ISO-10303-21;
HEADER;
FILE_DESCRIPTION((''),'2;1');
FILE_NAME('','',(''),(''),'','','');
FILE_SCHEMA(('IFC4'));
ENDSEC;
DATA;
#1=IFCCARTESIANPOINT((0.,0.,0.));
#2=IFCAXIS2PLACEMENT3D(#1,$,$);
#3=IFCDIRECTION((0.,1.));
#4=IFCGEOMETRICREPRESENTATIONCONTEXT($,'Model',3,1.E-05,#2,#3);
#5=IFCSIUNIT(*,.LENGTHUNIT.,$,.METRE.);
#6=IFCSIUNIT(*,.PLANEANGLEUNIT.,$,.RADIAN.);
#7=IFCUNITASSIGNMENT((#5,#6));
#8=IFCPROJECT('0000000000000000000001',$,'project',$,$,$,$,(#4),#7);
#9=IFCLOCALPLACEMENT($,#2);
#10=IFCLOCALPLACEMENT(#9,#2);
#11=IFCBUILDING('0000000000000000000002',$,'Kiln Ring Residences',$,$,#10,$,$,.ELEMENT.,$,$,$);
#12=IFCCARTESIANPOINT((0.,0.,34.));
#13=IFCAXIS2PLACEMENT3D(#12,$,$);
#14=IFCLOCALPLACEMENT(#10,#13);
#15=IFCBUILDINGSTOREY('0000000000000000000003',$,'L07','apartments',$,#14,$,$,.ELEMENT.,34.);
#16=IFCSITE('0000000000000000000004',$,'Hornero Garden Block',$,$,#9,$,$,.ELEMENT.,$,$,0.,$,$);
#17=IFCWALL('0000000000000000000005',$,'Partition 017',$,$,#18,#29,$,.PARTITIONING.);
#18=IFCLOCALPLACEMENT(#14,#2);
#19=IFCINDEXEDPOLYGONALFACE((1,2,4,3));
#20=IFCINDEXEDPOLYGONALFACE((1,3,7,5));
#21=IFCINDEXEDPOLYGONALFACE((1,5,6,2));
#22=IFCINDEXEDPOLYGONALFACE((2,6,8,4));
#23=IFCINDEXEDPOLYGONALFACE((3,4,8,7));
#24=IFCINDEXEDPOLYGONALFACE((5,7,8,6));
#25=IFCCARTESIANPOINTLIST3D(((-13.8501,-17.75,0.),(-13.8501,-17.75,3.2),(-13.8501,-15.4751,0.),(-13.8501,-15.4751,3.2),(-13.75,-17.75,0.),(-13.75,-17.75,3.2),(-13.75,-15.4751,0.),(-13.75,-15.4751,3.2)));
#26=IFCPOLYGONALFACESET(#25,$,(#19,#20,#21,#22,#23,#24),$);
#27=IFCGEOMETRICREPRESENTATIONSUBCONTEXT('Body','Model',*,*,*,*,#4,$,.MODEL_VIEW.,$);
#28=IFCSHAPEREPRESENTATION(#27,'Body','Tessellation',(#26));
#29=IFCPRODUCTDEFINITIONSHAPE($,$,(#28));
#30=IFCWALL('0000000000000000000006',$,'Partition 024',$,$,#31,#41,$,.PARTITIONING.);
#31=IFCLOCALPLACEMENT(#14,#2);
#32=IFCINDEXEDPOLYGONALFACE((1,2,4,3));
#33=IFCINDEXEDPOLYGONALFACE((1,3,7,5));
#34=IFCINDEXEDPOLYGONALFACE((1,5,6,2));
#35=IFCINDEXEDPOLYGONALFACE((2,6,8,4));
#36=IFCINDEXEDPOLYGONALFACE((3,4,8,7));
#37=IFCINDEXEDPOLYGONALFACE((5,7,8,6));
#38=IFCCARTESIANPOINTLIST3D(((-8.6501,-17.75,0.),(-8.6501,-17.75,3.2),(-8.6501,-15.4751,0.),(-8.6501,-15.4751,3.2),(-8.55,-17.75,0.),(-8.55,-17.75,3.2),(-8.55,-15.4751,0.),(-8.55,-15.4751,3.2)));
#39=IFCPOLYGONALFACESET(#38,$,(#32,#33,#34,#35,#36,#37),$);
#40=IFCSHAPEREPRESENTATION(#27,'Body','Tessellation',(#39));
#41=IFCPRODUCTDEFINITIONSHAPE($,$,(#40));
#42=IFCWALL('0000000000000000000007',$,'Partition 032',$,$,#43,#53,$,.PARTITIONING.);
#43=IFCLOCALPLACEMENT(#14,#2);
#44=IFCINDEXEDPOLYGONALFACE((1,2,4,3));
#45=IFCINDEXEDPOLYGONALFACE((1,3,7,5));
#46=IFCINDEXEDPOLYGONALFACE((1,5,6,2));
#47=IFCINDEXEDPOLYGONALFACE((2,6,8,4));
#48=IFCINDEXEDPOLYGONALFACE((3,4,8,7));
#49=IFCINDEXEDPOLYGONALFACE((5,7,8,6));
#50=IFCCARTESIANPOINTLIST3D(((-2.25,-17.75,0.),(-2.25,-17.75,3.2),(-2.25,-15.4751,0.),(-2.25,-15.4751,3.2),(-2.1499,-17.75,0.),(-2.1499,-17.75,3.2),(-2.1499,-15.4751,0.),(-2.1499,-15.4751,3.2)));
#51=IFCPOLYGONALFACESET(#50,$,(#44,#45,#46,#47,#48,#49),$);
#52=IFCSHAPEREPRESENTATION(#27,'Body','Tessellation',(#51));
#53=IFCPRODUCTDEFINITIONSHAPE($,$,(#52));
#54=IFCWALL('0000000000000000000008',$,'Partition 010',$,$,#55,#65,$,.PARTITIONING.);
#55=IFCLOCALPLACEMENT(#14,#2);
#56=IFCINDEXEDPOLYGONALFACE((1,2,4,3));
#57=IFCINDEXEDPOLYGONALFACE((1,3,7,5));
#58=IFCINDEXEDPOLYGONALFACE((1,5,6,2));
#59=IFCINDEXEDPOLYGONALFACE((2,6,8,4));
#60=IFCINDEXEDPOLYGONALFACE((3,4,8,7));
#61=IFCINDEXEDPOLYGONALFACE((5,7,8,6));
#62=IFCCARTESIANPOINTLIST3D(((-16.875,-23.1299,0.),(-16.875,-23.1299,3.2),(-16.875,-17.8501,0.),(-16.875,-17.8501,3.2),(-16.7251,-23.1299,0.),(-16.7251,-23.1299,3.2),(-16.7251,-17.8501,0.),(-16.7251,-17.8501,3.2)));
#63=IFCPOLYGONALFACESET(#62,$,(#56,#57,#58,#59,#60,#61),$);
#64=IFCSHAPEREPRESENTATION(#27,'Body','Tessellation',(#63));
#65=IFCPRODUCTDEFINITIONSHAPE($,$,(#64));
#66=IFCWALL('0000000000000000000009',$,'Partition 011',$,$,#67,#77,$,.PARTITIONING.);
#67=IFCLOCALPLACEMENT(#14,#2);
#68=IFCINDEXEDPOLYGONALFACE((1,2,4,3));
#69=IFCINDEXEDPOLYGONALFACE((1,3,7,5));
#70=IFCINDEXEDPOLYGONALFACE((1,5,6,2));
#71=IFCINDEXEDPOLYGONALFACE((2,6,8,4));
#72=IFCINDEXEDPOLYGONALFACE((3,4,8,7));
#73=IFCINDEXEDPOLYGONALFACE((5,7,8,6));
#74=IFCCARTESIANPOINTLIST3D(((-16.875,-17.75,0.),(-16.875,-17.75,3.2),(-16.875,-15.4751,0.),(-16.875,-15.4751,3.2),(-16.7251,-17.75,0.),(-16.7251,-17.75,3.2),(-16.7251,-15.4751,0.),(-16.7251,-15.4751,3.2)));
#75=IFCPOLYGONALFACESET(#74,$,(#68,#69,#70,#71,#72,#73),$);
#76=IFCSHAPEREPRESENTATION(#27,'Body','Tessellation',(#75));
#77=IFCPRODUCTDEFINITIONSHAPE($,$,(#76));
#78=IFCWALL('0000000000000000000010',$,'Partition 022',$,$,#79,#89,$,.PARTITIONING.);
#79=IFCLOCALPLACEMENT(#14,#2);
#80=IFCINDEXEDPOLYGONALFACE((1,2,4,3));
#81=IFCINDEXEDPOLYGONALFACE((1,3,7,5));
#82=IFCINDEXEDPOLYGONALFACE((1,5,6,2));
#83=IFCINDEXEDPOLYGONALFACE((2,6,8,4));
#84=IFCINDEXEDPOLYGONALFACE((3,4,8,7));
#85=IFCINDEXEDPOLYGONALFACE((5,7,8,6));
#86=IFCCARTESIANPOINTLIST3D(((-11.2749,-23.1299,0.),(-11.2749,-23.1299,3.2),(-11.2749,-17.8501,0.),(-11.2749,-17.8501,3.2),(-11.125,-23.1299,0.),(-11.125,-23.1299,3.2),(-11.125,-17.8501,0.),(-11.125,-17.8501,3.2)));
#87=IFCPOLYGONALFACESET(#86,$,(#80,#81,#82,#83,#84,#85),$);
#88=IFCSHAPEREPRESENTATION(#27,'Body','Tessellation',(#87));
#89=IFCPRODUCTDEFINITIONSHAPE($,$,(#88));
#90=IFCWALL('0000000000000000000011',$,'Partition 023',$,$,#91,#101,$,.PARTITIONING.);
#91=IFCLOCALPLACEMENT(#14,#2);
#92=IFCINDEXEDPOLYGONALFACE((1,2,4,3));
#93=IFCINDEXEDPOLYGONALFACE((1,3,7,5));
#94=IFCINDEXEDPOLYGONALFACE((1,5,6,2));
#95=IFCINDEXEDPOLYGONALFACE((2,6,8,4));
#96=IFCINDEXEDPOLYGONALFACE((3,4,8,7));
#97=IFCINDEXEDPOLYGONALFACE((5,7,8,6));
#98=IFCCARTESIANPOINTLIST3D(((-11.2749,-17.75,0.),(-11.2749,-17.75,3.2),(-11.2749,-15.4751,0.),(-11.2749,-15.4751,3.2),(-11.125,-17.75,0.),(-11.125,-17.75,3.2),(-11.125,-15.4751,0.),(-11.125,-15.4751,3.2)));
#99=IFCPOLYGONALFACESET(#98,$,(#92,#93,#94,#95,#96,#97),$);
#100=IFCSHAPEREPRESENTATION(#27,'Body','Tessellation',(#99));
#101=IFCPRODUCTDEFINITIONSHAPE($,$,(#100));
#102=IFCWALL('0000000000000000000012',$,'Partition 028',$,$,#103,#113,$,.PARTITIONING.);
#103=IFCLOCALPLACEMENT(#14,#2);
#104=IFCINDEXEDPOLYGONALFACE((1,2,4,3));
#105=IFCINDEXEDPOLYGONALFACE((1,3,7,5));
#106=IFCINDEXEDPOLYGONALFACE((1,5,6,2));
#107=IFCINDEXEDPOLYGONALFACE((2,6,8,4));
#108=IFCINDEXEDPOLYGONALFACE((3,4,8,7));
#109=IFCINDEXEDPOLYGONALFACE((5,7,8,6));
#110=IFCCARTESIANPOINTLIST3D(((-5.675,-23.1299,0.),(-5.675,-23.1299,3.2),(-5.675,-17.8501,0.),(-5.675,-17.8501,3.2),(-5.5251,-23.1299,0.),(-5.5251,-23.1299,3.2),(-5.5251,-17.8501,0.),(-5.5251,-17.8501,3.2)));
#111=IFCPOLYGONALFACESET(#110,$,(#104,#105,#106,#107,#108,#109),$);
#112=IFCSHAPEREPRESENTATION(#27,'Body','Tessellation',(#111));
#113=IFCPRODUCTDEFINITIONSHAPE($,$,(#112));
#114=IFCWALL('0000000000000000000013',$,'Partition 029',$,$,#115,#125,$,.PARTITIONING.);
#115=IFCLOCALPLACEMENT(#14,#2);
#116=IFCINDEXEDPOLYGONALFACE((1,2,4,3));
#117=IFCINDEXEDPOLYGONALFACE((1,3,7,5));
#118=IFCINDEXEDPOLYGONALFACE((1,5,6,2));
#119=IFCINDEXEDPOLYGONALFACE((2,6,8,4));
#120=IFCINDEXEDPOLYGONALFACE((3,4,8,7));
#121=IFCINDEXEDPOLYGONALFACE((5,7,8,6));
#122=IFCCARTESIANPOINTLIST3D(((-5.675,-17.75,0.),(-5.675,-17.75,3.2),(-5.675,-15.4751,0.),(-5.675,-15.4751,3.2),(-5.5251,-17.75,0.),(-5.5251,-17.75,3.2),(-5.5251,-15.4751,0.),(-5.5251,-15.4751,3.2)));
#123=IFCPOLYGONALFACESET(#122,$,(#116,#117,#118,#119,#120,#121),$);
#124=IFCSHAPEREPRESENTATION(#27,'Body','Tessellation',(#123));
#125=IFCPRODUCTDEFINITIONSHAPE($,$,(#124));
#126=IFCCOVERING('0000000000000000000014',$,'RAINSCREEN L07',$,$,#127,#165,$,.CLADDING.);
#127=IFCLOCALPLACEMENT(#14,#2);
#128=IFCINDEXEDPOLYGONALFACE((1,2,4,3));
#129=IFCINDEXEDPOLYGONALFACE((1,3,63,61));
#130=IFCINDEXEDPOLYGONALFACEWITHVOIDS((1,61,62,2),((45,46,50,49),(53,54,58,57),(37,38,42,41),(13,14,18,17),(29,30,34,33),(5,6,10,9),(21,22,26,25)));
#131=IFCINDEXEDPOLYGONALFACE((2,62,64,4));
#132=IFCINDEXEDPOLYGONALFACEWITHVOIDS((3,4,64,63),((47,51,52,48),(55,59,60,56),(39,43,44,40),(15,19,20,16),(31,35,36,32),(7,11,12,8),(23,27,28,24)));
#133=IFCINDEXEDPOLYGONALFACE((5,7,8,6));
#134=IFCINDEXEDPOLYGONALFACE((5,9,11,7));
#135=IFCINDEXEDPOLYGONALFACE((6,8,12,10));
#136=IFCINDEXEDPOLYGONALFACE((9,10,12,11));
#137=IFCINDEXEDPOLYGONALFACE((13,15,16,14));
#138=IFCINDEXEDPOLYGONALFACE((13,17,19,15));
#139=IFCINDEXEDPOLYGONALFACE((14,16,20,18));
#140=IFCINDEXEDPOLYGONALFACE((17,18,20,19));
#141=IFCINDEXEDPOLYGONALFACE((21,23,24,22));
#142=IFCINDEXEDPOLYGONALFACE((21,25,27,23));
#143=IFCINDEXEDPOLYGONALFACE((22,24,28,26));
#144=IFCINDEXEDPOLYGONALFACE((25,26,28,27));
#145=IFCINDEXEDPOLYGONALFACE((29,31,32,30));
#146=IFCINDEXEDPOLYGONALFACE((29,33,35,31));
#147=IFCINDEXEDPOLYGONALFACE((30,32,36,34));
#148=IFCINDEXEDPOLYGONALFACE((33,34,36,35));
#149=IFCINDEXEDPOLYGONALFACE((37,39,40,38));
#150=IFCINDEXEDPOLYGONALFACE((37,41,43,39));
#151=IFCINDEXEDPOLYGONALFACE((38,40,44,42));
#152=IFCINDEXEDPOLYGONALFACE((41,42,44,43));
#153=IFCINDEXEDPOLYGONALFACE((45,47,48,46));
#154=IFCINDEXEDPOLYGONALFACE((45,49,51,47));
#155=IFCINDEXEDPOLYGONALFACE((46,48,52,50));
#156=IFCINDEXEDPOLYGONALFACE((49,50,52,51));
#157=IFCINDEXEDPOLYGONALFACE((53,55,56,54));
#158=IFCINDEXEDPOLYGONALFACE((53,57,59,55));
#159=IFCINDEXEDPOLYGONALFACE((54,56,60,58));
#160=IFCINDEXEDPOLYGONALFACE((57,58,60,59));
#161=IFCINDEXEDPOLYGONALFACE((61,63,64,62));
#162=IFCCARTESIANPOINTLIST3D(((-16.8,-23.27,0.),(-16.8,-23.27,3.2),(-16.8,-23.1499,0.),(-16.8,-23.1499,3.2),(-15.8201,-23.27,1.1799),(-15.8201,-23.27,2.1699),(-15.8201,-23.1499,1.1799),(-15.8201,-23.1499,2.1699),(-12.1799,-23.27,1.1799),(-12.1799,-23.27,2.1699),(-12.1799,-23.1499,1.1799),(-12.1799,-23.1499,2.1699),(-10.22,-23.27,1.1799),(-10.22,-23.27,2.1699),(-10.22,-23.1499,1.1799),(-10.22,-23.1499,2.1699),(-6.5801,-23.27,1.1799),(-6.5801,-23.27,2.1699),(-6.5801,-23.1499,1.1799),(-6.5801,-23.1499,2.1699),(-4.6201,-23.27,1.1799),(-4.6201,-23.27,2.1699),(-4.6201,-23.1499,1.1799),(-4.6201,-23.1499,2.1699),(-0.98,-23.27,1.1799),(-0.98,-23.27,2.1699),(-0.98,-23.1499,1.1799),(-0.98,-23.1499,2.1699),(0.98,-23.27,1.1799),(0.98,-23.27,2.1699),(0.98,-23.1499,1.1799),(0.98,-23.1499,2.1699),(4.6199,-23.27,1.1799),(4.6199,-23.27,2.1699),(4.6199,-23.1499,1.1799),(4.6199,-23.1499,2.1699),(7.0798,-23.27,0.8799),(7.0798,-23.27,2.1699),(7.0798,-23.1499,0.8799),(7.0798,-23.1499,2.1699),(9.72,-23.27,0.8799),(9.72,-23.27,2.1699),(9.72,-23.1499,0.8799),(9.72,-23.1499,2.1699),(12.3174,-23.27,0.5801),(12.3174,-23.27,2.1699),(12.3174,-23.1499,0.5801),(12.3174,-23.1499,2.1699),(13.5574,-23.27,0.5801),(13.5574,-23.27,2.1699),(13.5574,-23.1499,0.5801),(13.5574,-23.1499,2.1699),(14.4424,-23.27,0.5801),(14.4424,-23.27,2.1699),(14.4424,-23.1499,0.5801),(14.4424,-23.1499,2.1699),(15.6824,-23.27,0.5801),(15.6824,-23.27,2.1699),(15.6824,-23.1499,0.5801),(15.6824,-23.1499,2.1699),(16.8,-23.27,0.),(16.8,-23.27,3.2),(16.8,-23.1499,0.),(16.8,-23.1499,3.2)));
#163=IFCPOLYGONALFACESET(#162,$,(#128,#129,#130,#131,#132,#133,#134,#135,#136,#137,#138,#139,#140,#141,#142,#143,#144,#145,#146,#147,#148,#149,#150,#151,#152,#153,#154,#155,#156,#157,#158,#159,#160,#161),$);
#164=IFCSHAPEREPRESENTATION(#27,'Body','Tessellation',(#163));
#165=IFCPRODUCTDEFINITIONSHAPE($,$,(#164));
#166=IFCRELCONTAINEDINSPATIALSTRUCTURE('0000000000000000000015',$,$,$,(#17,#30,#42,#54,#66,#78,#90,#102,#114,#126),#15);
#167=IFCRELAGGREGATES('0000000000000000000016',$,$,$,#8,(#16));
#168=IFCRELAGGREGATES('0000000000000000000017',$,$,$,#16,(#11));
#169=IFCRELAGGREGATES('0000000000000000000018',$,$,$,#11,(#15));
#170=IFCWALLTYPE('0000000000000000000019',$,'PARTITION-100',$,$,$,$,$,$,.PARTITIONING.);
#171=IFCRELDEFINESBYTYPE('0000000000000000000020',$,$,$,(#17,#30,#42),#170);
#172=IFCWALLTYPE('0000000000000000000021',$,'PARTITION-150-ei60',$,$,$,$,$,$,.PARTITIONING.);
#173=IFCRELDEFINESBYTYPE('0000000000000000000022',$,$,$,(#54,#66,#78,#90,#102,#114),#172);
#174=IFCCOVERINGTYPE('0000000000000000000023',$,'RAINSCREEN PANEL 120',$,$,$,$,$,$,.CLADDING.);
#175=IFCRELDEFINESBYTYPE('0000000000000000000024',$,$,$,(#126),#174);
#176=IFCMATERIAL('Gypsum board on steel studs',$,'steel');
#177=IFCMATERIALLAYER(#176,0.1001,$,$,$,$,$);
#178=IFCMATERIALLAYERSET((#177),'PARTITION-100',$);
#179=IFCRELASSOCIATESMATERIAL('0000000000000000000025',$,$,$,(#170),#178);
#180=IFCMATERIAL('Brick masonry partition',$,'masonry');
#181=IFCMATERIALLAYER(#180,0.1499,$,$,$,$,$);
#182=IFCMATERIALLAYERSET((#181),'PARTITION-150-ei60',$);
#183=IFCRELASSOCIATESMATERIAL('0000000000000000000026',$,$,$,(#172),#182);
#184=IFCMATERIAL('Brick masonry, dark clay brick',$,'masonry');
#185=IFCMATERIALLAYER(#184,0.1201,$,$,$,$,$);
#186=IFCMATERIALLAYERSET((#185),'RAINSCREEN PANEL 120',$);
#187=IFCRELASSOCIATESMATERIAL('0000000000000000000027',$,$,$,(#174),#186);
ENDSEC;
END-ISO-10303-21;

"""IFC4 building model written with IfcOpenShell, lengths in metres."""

from ifc_helpers import new_model, si_unit, direction, frame, frame_2d, origin, place, context, subcontext, project, spatial, polyline, rectangle, outline, extrude, material, layer, layer_set, type_object, element, save


model = new_model("IFC4")

# Units and contexts
model_context = context("Model", 3, precision=1e-05, world=origin(), true_north=direction((0.0, 1.0)))
body_context = subcontext(model_context, "Body", "Model", "MODEL_VIEW")
ifc_project = project(units=[si_unit("LENGTHUNIT", "METRE"), si_unit("PLANEANGLEUNIT", "RADIAN")], contexts=[model_context])

# Site, building, storey
site_placement = place(None, origin())
site = spatial("IfcSite", under=ifc_project, at=site_placement, Name="Hornero Garden Block", CompositionType="ELEMENT", RefElevation=0.0)
building_placement = place(site_placement, origin())
building = spatial("IfcBuilding", under=site, at=building_placement, Name="Kiln Ring Residences", CompositionType="ELEMENT")
storey_placement = place(building_placement, frame((0.0, 0.0, 34.0)))
storey = spatial("IfcBuildingStorey", under=building, at=storey_placement, Name="L07", Description="apartments", CompositionType="ELEMENT", Elevation=34.0)

# Walls
ifc_material_1 = material(Name="Gypsum board on steel studs", Category="steel")
ifc_layer_1 = layer(ifc_material_1, 0.1001)
ifc_layer_set_1 = layer_set([ifc_layer_1], Name="PARTITION-100")
wall_type_1 = type_object("IfcWallType", Name="PARTITION-100", PredefinedType="PARTITIONING", material=ifc_layer_set_1)
for number, where, z_axis, x_axis, name in (
    (1, (-13.8, -17.75, 0.0), (0.0, 0.0, 1.0), (0.0, 1.0, 0.0), "Partition 017"),
    (2, (-8.6001, -17.75, 0.0), (0.0, 0.0, 1.0), (0.0, 1.0, 0.0), "Partition 024"),
    (3, (-2.2, -17.75, 0.0), (0.0, 0.0, 1.0), (0.0, 1.0, 0.0), "Partition 032"),
):
    element("IfcWall", number, at=place(storey_placement, frame(where, z_axis=z_axis, x_axis=x_axis)), inside=storey, type_object=wall_type_1, Name=name, PredefinedType="PARTITIONING", context=body_context, shape_type="SweptSolid", body=[
        extrude(rectangle(XDim=2.2749, YDim=0.1001, at=frame_2d((1.1375, 0.0))), origin(), (0.0, 0.0, 1.0), 3.2),
    ])
ifc_material_2 = material(Name="Brick masonry partition", Category="masonry")
ifc_layer_2 = layer(ifc_material_2, 0.1499)
ifc_layer_set_2 = layer_set([ifc_layer_2], Name="PARTITION-150-ei60")
wall_type_2 = type_object("IfcWallType", Name="PARTITION-150-ei60", PredefinedType="PARTITIONING", material=ifc_layer_set_2)
wall_1_placement = place(storey_placement, frame((-16.8, -23.1299, 0.0), z_axis=(0.0, 0.0, 1.0), x_axis=(0.0, 1.0, 0.0)))
element("IfcWall", 4, at=wall_1_placement, inside=storey, type_object=wall_type_2, Name="Partition 010", PredefinedType="PARTITIONING", context=body_context, shape_type="SweptSolid", body=[
    extrude(rectangle(XDim=5.2798, YDim=0.1499, at=frame_2d((2.6399, 0.0))), origin(), (0.0, 0.0, 1.0), 3.2),
])
wall_2_placement = place(storey_placement, frame((-16.8, -17.75, 0.0), z_axis=(0.0, 0.0, 1.0), x_axis=(0.0, 1.0, 0.0)))
element("IfcWall", 5, at=wall_2_placement, inside=storey, type_object=wall_type_2, Name="Partition 011", PredefinedType="PARTITIONING", context=body_context, shape_type="SweptSolid", body=[
    extrude(rectangle(XDim=2.2749, YDim=0.1499, at=frame_2d((1.1375, 0.0))), origin(), (0.0, 0.0, 1.0), 3.2),
])
wall_3_placement = place(storey_placement, frame((-11.2, -23.1299, 0.0), z_axis=(0.0, 0.0, 1.0), x_axis=(0.0, 1.0, 0.0)))
element("IfcWall", 6, at=wall_3_placement, inside=storey, type_object=wall_type_2, Name="Partition 022", PredefinedType="PARTITIONING", context=body_context, shape_type="SweptSolid", body=[
    extrude(rectangle(XDim=5.2798, YDim=0.1499, at=frame_2d((2.6399, 0.0))), origin(), (0.0, 0.0, 1.0), 3.2),
])
wall_4_placement = place(storey_placement, frame((-11.2, -17.75, 0.0), z_axis=(0.0, 0.0, 1.0), x_axis=(0.0, 1.0, 0.0)))
element("IfcWall", 7, at=wall_4_placement, inside=storey, type_object=wall_type_2, Name="Partition 023", PredefinedType="PARTITIONING", context=body_context, shape_type="SweptSolid", body=[
    extrude(rectangle(XDim=2.2749, YDim=0.1499, at=frame_2d((1.1375, 0.0))), origin(), (0.0, 0.0, 1.0), 3.2),
])
wall_5_placement = place(storey_placement, frame((-5.6001, -23.1299, 0.0), z_axis=(0.0, 0.0, 1.0), x_axis=(0.0, 1.0, 0.0)))
element("IfcWall", 8, at=wall_5_placement, inside=storey, type_object=wall_type_2, Name="Partition 028", PredefinedType="PARTITIONING", context=body_context, shape_type="SweptSolid", body=[
    extrude(rectangle(XDim=5.2798, YDim=0.1499, at=frame_2d((2.6399, 0.0))), origin(), (0.0, 0.0, 1.0), 3.2),
])
wall_6_placement = place(storey_placement, frame((-5.6001, -17.75, 0.0), z_axis=(0.0, 0.0, 1.0), x_axis=(0.0, 1.0, 0.0)))
element("IfcWall", 9, at=wall_6_placement, inside=storey, type_object=wall_type_2, Name="Partition 029", PredefinedType="PARTITIONING", context=body_context, shape_type="SweptSolid", body=[
    extrude(rectangle(XDim=2.2749, YDim=0.1499, at=frame_2d((1.1375, 0.0))), origin(), (0.0, 0.0, 1.0), 3.2),
])

# Covering
ifc_material_3 = material(Name="Brick masonry, dark clay brick", Category="masonry")
ifc_layer_3 = layer(ifc_material_3, 0.1201)
ifc_layer_set_3 = layer_set([ifc_layer_3], Name="RAINSCREEN PANEL 120")
covering_type = type_object("IfcCoveringType", Name="RAINSCREEN PANEL 120", PredefinedType="CLADDING", material=ifc_layer_set_3)
covering_placement = place(storey_placement, frame((-16.8, -23.21, 0.0), z_axis=(0.0, 0.0, 1.0), x_axis=(1.0, 0.0, 0.0)))
element("IfcCovering", 10, at=covering_placement, inside=storey, type_object=covering_type, Name="RAINSCREEN L07", PredefinedType="CLADDING", context=body_context, shape_type="SweptSolid", body=[
    extrude(outline(polyline([(0.0, 0.0), (33.6001, 0.0), (33.6001, 3.2), (0.0, 3.2), (0.0, 0.0)]), holes=[polyline([(30.3574, 0.5801), (30.3574, 2.1699), (29.1174, 2.1699), (29.1174, 0.5801), (30.3574, 0.5801)]), polyline([(31.2424, 0.5801), (32.4824, 0.5801), (32.4824, 2.1699), (31.2424, 2.1699), (31.2424, 0.5801)]), polyline([(23.8799, 0.8799), (26.52, 0.8799), (26.52, 2.1699), (23.8799, 2.1699), (23.8799, 0.8799)]), polyline([(0.98, 1.1799), (4.6201, 1.1799), (4.6201, 2.1699), (0.98, 2.1699), (0.98, 1.1799)]), polyline([(6.5801, 1.1799), (10.22, 1.1799), (10.22, 2.1699), (6.5801, 2.1699), (6.5801, 1.1799)]), polyline([(12.1799, 1.1799), (15.8201, 1.1799), (15.8201, 2.1699), (12.1799, 2.1699), (12.1799, 1.1799)]), polyline([(17.78, 1.1799), (21.4199, 1.1799), (21.4199, 2.1699), (17.78, 2.1699), (17.78, 1.1799)])]), frame((0.0, 0.0601, 0.0), z_axis=(0.0, -1.0, 0.0), x_axis=(1.0, 0.0, 0.0)), (0.0, 0.0, 1.0), 0.1201),
])

save(model, "model.ifc")
